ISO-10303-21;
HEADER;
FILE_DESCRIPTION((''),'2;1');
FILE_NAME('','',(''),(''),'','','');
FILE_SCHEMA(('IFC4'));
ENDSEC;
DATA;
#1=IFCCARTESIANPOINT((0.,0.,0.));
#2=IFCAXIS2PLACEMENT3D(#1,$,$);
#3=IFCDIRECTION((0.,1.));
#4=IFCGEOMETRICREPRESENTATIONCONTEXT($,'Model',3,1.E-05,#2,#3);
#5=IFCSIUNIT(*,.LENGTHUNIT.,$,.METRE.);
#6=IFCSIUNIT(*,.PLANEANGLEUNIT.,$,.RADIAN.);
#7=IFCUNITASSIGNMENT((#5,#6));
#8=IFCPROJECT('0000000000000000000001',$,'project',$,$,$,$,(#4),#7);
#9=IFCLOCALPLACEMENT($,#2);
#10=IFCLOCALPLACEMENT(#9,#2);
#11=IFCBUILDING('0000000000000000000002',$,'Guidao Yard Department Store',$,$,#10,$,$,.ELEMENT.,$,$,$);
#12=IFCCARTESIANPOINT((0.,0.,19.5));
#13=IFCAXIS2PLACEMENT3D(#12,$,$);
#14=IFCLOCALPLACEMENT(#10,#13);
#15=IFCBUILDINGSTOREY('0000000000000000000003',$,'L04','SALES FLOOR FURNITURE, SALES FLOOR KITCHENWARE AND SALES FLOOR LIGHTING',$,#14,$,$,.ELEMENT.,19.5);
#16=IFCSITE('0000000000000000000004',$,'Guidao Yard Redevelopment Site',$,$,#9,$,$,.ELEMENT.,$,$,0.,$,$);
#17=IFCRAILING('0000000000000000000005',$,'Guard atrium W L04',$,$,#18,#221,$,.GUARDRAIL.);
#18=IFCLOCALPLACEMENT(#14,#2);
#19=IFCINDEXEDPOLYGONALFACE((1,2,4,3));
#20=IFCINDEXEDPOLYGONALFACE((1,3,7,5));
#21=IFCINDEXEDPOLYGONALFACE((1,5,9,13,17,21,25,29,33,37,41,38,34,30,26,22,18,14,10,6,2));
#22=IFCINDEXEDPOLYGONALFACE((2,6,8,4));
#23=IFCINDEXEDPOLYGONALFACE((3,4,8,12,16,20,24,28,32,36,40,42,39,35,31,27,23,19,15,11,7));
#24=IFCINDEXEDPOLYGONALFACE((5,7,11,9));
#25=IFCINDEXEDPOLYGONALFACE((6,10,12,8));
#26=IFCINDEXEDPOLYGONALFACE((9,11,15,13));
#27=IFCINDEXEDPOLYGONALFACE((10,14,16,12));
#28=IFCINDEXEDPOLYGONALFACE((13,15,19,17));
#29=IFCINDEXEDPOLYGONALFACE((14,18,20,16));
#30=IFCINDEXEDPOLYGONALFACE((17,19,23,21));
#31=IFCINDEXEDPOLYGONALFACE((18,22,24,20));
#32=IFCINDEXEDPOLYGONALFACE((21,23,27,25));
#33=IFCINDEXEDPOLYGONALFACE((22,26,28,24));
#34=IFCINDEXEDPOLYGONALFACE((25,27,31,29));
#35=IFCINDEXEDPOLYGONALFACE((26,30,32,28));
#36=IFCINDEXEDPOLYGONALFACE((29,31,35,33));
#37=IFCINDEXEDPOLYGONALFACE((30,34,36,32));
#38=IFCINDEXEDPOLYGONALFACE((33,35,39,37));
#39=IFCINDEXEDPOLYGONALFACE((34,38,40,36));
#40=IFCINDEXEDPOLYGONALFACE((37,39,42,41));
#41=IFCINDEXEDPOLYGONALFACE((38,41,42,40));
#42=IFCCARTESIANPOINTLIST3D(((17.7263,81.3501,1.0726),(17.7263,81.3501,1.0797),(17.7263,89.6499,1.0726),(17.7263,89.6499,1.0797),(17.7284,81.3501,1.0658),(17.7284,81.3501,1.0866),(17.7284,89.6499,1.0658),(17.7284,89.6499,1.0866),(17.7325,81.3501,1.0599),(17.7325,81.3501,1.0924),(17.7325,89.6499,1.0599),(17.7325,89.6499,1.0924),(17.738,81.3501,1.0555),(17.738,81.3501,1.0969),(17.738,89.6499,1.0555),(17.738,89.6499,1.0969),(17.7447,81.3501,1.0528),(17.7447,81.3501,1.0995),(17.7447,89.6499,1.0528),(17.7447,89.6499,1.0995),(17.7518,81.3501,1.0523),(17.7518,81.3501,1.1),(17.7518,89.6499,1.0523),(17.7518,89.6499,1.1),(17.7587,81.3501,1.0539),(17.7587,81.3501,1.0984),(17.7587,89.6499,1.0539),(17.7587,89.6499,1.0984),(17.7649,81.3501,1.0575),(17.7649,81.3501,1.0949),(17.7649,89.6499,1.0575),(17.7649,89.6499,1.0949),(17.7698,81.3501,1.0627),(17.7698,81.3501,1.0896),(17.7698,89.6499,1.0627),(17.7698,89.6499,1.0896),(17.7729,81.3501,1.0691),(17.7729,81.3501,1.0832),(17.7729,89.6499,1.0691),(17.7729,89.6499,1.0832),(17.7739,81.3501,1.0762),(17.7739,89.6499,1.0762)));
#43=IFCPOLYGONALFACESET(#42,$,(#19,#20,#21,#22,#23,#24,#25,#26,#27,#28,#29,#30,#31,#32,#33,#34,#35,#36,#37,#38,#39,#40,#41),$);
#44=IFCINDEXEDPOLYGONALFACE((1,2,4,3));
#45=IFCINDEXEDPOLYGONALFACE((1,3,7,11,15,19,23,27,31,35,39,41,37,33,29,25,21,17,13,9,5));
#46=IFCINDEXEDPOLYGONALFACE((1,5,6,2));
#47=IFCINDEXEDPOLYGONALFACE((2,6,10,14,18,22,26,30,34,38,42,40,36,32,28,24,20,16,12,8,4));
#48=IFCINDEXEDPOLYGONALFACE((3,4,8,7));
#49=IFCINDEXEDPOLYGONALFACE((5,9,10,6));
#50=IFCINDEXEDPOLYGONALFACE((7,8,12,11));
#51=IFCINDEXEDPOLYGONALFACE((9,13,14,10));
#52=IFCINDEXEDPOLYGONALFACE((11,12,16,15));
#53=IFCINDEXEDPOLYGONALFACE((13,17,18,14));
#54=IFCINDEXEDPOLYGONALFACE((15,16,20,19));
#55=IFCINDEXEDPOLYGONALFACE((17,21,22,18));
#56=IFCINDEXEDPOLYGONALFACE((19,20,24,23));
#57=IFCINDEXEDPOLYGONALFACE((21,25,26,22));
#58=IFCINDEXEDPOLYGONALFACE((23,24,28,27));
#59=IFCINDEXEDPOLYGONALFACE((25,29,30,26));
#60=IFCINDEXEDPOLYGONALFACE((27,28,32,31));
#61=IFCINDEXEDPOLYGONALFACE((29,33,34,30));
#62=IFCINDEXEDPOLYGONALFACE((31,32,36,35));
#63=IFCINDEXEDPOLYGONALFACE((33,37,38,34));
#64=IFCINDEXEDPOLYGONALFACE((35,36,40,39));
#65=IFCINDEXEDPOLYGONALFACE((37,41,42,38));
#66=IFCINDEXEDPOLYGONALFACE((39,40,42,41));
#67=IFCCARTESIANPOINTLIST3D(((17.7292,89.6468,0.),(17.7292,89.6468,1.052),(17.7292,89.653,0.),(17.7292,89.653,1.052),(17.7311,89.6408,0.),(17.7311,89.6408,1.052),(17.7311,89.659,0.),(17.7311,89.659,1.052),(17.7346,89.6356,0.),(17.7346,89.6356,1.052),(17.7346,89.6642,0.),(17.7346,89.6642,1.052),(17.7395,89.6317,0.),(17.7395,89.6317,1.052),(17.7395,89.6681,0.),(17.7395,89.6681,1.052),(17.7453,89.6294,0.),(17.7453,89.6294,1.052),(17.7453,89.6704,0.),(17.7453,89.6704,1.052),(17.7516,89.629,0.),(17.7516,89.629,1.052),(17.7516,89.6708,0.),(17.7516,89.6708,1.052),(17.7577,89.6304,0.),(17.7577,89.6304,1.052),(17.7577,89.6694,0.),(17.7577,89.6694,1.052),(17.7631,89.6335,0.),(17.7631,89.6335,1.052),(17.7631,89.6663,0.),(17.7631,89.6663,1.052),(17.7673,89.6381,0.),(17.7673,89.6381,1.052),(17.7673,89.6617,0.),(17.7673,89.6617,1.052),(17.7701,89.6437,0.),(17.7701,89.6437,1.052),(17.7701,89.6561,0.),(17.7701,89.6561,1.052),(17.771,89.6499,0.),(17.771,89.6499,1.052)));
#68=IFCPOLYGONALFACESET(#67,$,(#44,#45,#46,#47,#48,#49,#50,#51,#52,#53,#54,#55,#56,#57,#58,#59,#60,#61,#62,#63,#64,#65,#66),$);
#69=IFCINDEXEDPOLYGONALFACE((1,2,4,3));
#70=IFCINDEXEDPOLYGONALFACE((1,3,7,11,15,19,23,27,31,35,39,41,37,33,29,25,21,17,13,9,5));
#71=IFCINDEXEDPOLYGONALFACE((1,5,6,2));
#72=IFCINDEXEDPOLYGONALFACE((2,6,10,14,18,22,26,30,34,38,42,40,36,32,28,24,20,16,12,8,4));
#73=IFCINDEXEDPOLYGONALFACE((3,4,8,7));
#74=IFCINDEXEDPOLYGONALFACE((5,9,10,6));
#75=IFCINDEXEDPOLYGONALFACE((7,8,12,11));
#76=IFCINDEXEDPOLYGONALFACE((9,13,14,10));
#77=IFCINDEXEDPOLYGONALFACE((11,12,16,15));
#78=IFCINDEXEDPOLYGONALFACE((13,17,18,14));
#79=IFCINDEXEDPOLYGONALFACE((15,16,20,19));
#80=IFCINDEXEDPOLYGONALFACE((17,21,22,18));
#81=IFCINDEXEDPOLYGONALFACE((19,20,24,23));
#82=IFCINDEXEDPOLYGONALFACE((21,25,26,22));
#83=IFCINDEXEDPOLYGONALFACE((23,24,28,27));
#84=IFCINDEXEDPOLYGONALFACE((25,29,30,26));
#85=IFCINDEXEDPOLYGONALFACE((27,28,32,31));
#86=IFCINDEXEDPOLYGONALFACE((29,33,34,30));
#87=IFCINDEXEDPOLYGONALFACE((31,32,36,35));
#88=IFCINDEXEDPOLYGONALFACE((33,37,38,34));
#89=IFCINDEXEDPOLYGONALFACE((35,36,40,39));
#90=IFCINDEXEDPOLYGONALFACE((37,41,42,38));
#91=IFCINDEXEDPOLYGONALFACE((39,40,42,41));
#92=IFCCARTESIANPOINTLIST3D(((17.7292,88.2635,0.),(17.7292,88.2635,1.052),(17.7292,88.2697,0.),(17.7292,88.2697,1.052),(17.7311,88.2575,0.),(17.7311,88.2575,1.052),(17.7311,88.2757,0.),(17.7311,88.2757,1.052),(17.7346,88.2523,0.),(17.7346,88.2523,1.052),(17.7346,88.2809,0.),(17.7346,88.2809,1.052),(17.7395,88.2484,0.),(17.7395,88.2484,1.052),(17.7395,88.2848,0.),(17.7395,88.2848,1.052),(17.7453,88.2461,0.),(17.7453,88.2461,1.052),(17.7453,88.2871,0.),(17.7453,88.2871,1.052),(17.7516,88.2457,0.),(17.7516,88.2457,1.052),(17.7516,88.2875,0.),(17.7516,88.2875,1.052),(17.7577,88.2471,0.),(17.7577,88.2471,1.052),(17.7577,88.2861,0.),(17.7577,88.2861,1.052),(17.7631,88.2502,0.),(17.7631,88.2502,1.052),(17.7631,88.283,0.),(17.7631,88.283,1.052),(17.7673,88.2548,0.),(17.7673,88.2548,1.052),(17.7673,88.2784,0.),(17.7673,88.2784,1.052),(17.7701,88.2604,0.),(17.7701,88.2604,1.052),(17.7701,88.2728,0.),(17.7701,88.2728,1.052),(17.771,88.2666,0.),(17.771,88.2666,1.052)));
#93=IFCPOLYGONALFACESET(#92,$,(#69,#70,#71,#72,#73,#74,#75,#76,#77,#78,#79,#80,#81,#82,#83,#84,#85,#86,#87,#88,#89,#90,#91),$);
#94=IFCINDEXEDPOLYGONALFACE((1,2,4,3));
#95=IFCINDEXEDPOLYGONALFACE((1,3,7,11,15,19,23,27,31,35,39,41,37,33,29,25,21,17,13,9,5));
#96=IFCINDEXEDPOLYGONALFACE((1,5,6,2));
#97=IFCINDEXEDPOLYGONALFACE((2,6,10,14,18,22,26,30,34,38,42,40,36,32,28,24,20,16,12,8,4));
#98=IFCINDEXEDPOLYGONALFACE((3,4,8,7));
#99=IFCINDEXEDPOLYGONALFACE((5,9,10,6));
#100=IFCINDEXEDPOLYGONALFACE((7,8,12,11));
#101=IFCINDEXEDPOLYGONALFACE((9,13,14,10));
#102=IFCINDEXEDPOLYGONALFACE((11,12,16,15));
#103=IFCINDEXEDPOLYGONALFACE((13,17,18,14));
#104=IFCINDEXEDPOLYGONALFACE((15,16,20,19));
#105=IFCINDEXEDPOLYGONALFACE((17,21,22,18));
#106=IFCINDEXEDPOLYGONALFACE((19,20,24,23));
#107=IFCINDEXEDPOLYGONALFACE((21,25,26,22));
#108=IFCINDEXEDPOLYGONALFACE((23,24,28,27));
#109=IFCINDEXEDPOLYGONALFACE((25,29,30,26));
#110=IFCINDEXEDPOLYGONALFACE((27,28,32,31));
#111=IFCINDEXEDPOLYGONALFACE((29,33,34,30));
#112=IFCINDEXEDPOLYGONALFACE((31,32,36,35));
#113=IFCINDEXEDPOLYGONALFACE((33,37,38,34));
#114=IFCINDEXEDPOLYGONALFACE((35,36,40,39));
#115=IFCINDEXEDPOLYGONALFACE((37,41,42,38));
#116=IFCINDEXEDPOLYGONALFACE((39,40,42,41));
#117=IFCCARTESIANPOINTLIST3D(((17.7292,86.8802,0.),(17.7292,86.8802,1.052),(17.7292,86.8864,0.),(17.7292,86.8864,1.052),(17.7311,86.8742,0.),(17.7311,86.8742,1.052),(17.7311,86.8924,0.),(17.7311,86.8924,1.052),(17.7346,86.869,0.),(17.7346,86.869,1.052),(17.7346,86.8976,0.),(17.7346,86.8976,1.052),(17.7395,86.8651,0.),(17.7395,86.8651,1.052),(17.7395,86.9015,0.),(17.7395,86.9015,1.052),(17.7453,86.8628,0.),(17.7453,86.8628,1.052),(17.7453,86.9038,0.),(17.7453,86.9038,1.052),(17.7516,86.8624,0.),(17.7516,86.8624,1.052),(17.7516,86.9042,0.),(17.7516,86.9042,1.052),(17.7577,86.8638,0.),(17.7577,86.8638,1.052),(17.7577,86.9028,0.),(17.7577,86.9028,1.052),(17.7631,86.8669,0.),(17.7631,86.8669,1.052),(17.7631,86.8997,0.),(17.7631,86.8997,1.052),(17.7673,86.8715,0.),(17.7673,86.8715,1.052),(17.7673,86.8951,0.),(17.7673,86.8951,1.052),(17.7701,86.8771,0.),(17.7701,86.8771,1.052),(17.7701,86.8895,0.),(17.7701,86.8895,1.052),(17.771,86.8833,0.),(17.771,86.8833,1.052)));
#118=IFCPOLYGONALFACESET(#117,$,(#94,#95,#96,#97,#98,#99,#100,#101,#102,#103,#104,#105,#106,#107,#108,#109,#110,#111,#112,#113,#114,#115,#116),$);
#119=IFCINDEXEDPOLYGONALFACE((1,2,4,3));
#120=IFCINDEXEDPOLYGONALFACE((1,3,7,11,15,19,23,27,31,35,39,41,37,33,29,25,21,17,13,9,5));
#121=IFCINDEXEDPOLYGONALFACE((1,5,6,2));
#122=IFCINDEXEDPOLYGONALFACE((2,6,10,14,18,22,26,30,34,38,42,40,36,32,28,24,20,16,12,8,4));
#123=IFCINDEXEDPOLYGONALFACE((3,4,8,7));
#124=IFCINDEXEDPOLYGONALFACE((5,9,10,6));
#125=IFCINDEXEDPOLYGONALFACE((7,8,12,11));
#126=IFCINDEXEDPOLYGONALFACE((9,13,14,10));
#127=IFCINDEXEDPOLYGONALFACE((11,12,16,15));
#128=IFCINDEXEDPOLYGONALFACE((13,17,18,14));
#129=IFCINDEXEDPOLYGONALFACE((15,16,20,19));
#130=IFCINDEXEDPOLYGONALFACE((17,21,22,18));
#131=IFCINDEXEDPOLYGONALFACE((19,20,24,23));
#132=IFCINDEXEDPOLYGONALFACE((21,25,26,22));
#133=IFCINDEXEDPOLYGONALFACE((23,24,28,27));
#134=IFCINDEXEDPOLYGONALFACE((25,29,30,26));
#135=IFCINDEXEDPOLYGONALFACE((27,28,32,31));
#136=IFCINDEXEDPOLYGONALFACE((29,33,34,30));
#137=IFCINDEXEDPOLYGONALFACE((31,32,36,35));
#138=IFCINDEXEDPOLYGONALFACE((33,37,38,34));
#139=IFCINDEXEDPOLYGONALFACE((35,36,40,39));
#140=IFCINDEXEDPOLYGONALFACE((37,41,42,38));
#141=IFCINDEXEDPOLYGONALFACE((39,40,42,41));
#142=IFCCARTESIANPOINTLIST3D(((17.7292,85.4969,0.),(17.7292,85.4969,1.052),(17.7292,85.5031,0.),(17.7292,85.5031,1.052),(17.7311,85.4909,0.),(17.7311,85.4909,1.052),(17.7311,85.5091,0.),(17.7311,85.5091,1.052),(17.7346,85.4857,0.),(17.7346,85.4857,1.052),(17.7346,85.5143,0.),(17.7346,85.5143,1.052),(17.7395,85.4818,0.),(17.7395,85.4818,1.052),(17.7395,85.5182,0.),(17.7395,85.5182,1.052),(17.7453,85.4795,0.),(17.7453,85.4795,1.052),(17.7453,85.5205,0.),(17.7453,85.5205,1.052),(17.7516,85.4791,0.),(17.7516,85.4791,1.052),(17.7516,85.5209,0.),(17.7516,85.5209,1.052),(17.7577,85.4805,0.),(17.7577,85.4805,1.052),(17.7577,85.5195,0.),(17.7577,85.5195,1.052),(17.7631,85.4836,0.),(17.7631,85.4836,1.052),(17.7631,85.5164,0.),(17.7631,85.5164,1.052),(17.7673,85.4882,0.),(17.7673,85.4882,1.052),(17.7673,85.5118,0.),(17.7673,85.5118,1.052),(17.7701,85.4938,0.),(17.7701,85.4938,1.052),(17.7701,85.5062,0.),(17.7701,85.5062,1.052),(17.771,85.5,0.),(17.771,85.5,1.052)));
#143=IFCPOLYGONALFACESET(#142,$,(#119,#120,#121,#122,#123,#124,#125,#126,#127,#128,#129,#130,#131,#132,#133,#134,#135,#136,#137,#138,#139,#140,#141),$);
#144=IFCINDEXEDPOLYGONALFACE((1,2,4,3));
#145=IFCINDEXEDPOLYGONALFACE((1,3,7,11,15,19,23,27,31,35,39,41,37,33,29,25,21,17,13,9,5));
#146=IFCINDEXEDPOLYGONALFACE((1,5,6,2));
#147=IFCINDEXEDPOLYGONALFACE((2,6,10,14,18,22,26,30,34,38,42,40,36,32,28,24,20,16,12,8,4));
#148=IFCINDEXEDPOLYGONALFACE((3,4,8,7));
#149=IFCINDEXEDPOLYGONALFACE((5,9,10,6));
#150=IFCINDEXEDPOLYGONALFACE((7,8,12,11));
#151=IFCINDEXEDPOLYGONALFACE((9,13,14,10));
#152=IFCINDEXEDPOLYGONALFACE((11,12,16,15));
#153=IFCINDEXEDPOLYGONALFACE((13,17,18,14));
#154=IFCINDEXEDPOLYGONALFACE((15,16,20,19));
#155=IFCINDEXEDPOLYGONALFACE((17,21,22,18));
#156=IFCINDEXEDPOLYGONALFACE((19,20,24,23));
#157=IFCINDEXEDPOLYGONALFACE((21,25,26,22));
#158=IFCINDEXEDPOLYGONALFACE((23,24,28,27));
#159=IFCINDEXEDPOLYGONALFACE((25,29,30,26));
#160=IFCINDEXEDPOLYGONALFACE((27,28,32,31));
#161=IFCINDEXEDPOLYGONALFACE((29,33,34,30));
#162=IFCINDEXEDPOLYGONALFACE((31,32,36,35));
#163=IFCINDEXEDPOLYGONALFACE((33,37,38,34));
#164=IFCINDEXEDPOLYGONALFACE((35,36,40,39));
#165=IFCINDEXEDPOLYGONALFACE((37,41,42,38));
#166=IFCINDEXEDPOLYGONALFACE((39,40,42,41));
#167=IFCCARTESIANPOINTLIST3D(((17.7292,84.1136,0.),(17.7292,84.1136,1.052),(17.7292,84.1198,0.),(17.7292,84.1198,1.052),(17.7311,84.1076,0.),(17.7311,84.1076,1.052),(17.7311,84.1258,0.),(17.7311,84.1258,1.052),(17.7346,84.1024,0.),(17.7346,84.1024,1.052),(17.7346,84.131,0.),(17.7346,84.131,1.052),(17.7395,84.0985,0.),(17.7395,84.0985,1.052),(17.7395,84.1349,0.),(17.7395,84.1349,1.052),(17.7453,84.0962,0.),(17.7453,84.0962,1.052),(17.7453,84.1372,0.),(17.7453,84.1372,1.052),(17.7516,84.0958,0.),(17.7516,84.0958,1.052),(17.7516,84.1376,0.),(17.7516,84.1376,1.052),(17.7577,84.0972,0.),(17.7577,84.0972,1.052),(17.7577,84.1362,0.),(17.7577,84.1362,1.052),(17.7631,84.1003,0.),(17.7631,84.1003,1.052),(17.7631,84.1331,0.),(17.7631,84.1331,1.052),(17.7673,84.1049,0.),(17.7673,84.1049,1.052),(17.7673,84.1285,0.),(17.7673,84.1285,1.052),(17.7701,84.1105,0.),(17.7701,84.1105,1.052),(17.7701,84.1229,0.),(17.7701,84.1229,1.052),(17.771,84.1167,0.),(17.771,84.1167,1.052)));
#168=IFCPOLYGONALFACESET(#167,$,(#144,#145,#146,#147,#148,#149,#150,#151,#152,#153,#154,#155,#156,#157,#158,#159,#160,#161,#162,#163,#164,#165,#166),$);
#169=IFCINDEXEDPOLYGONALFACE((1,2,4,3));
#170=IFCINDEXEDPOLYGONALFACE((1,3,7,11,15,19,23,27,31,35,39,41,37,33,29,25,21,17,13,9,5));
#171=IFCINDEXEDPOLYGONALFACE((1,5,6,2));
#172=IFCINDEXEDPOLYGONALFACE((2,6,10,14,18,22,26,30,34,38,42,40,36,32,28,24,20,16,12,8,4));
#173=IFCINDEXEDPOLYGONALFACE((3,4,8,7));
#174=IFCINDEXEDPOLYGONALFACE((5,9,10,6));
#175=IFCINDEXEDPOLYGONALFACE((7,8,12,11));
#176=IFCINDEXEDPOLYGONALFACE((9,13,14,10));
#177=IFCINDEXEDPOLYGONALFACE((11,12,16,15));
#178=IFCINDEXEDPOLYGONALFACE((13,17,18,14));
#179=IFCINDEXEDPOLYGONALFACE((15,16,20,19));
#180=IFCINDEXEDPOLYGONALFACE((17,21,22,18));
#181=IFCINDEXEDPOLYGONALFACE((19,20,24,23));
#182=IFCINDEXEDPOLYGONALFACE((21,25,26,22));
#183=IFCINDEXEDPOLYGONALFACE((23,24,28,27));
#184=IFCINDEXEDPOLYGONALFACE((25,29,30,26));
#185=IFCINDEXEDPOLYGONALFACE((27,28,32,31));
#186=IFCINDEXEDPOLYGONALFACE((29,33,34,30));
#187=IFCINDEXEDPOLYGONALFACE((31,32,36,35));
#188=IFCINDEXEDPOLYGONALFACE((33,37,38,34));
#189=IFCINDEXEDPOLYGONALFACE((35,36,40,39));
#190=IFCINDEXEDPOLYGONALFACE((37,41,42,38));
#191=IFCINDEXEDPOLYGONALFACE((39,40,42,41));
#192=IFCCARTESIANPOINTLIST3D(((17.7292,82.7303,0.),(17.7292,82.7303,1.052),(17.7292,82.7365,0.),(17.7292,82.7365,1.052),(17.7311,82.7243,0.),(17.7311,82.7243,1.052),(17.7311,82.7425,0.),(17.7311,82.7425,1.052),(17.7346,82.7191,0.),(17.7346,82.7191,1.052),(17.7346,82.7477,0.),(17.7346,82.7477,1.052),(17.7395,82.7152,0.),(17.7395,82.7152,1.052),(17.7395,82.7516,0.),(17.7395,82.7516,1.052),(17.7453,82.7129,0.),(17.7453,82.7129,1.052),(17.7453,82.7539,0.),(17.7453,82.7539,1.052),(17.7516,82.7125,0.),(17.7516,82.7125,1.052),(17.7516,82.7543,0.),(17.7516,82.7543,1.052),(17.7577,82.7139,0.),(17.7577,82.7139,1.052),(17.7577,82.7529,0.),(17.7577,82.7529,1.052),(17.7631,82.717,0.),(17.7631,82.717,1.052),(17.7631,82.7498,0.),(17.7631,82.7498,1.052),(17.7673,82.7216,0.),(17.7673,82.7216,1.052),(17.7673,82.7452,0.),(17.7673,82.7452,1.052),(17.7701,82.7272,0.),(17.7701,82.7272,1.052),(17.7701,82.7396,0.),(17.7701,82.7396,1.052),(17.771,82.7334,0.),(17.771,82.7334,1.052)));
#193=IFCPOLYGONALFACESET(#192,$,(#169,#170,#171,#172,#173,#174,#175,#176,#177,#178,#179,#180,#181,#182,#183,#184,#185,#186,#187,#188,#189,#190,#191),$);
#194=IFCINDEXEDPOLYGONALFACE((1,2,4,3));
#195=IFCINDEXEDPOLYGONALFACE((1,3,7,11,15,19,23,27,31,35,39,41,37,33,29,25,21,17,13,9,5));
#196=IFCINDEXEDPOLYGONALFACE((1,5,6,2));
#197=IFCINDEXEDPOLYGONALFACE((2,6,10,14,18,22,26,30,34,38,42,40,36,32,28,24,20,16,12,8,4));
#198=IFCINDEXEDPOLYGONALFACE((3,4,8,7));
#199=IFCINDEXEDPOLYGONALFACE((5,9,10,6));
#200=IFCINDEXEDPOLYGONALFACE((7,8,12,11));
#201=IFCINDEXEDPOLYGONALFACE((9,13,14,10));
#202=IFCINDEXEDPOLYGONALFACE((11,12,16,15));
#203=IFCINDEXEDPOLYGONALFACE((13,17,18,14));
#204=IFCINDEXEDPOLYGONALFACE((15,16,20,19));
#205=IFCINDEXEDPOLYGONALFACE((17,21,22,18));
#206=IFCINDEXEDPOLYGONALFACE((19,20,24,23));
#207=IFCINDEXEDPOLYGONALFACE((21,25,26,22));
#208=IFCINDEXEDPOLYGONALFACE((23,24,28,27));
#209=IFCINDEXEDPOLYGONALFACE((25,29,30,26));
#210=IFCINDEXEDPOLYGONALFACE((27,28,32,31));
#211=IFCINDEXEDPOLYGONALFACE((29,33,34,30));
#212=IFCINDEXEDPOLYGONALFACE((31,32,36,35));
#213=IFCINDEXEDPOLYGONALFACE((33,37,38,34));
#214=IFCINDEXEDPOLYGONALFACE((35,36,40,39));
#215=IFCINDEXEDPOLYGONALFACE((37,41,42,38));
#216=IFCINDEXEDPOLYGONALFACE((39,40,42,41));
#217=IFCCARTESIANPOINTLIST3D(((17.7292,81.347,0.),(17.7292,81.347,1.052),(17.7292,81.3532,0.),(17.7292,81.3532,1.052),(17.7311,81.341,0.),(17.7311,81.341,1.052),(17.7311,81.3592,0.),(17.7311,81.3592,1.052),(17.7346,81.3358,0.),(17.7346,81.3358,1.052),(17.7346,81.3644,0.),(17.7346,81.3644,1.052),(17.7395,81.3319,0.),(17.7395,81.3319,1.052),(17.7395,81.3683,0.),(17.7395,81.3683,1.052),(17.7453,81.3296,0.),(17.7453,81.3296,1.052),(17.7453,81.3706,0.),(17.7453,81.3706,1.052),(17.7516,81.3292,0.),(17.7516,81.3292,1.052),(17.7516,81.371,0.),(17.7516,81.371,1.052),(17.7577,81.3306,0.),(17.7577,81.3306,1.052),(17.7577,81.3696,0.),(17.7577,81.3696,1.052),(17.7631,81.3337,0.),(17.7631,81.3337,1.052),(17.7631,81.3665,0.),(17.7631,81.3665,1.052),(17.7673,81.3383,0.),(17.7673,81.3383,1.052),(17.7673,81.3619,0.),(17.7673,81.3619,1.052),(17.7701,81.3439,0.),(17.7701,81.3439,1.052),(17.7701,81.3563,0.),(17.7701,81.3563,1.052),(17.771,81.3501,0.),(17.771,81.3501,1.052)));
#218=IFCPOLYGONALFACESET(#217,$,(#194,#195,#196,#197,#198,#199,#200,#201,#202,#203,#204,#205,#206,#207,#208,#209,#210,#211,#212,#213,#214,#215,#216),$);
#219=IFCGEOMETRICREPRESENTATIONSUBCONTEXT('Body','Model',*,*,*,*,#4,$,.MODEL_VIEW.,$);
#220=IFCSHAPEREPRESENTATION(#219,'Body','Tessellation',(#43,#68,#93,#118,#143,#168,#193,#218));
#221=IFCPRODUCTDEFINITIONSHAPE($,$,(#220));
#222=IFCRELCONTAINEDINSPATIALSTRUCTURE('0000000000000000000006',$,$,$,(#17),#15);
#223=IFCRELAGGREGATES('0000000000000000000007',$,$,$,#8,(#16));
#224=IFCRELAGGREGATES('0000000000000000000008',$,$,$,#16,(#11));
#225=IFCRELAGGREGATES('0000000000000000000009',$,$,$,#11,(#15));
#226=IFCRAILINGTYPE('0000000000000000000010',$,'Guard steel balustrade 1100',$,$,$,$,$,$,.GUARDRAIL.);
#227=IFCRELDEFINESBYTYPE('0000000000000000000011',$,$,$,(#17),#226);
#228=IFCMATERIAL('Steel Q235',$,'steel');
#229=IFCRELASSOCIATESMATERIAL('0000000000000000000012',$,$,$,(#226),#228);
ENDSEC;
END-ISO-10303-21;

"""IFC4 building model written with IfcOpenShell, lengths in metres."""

from ifc_helpers import new_model, si_unit, direction, frame, origin, origin_2d, place, context, subcontext, project, spatial, circle, extrude, material, type_object, element, save


model = new_model("IFC4")

# Units and contexts
model_context = context("Model", 3, precision=1e-05, world=origin(), true_north=direction((0.0, 1.0)))
body_context = subcontext(model_context, "Body", "Model", "MODEL_VIEW")
ifc_project = project(units=[si_unit("LENGTHUNIT", "METRE"), si_unit("PLANEANGLEUNIT", "RADIAN")], contexts=[model_context])

# Site, building, storey
site_placement = place(None, origin())
site = spatial("IfcSite", under=ifc_project, at=site_placement, Name="Guidao Yard Redevelopment Site", CompositionType="ELEMENT", RefElevation=0.0)
building_placement = place(site_placement, origin())
building = spatial("IfcBuilding", under=site, at=building_placement, Name="Guidao Yard Department Store", CompositionType="ELEMENT")
storey_placement = place(building_placement, frame((0.0, 0.0, 19.5)))
storey = spatial("IfcBuildingStorey", under=building, at=storey_placement, Name="L04", Description="SALES FLOOR FURNITURE, SALES FLOOR KITCHENWARE AND SALES FLOOR LIGHTING", CompositionType="ELEMENT", Elevation=19.5)

# Railing
ifc_material_1 = material(Name="Steel Q235", Category="steel")
railing_type = type_object("IfcRailingType", Name="Guard steel balustrade 1100", PredefinedType="GUARDRAIL", material=ifc_material_1)
railing_1_placement = place(storey_placement, frame((17.75, 89.6499, 0.0)))
element("IfcRailing", 1, at=railing_1_placement, inside=storey, type_object=railing_type, Name="Guard atrium W L04", PredefinedType="GUARDRAIL", context=body_context, shape_type="SweptSolid", body=[
    extrude(circle(Radius=0.0239, at=origin_2d()), frame((0.0, 0.0, 1.0762), z_axis=(0.0, -1.0, 0.0), x_axis=(1.0, 0.0, 0.0)), (0.0, 0.0, 1.0), 8.2998),
    extrude(circle(Radius=0.021, at=origin_2d()), origin(), (0.0, 0.0, 1.0), 1.052),
    extrude(circle(Radius=0.021, at=origin_2d()), frame((0.0, -1.3833, 0.0)), (0.0, 0.0, 1.0), 1.052),
    extrude(circle(Radius=0.021, at=origin_2d()), frame((0.0, -2.7666, 0.0)), (0.0, 0.0, 1.0), 1.052),
    extrude(circle(Radius=0.021, at=origin_2d()), frame((0.0, -4.1499, 0.0)), (0.0, 0.0, 1.0), 1.052),
    extrude(circle(Radius=0.021, at=origin_2d()), frame((0.0, -5.5332, 0.0)), (0.0, 0.0, 1.0), 1.052),
    extrude(circle(Radius=0.021, at=origin_2d()), frame((0.0, -6.9165, 0.0)), (0.0, 0.0, 1.0), 1.052),
    extrude(circle(Radius=0.021, at=origin_2d()), frame((0.0, -8.2998, 0.0)), (0.0, 0.0, 1.0), 1.052),
])

save(model, "model.ifc")
